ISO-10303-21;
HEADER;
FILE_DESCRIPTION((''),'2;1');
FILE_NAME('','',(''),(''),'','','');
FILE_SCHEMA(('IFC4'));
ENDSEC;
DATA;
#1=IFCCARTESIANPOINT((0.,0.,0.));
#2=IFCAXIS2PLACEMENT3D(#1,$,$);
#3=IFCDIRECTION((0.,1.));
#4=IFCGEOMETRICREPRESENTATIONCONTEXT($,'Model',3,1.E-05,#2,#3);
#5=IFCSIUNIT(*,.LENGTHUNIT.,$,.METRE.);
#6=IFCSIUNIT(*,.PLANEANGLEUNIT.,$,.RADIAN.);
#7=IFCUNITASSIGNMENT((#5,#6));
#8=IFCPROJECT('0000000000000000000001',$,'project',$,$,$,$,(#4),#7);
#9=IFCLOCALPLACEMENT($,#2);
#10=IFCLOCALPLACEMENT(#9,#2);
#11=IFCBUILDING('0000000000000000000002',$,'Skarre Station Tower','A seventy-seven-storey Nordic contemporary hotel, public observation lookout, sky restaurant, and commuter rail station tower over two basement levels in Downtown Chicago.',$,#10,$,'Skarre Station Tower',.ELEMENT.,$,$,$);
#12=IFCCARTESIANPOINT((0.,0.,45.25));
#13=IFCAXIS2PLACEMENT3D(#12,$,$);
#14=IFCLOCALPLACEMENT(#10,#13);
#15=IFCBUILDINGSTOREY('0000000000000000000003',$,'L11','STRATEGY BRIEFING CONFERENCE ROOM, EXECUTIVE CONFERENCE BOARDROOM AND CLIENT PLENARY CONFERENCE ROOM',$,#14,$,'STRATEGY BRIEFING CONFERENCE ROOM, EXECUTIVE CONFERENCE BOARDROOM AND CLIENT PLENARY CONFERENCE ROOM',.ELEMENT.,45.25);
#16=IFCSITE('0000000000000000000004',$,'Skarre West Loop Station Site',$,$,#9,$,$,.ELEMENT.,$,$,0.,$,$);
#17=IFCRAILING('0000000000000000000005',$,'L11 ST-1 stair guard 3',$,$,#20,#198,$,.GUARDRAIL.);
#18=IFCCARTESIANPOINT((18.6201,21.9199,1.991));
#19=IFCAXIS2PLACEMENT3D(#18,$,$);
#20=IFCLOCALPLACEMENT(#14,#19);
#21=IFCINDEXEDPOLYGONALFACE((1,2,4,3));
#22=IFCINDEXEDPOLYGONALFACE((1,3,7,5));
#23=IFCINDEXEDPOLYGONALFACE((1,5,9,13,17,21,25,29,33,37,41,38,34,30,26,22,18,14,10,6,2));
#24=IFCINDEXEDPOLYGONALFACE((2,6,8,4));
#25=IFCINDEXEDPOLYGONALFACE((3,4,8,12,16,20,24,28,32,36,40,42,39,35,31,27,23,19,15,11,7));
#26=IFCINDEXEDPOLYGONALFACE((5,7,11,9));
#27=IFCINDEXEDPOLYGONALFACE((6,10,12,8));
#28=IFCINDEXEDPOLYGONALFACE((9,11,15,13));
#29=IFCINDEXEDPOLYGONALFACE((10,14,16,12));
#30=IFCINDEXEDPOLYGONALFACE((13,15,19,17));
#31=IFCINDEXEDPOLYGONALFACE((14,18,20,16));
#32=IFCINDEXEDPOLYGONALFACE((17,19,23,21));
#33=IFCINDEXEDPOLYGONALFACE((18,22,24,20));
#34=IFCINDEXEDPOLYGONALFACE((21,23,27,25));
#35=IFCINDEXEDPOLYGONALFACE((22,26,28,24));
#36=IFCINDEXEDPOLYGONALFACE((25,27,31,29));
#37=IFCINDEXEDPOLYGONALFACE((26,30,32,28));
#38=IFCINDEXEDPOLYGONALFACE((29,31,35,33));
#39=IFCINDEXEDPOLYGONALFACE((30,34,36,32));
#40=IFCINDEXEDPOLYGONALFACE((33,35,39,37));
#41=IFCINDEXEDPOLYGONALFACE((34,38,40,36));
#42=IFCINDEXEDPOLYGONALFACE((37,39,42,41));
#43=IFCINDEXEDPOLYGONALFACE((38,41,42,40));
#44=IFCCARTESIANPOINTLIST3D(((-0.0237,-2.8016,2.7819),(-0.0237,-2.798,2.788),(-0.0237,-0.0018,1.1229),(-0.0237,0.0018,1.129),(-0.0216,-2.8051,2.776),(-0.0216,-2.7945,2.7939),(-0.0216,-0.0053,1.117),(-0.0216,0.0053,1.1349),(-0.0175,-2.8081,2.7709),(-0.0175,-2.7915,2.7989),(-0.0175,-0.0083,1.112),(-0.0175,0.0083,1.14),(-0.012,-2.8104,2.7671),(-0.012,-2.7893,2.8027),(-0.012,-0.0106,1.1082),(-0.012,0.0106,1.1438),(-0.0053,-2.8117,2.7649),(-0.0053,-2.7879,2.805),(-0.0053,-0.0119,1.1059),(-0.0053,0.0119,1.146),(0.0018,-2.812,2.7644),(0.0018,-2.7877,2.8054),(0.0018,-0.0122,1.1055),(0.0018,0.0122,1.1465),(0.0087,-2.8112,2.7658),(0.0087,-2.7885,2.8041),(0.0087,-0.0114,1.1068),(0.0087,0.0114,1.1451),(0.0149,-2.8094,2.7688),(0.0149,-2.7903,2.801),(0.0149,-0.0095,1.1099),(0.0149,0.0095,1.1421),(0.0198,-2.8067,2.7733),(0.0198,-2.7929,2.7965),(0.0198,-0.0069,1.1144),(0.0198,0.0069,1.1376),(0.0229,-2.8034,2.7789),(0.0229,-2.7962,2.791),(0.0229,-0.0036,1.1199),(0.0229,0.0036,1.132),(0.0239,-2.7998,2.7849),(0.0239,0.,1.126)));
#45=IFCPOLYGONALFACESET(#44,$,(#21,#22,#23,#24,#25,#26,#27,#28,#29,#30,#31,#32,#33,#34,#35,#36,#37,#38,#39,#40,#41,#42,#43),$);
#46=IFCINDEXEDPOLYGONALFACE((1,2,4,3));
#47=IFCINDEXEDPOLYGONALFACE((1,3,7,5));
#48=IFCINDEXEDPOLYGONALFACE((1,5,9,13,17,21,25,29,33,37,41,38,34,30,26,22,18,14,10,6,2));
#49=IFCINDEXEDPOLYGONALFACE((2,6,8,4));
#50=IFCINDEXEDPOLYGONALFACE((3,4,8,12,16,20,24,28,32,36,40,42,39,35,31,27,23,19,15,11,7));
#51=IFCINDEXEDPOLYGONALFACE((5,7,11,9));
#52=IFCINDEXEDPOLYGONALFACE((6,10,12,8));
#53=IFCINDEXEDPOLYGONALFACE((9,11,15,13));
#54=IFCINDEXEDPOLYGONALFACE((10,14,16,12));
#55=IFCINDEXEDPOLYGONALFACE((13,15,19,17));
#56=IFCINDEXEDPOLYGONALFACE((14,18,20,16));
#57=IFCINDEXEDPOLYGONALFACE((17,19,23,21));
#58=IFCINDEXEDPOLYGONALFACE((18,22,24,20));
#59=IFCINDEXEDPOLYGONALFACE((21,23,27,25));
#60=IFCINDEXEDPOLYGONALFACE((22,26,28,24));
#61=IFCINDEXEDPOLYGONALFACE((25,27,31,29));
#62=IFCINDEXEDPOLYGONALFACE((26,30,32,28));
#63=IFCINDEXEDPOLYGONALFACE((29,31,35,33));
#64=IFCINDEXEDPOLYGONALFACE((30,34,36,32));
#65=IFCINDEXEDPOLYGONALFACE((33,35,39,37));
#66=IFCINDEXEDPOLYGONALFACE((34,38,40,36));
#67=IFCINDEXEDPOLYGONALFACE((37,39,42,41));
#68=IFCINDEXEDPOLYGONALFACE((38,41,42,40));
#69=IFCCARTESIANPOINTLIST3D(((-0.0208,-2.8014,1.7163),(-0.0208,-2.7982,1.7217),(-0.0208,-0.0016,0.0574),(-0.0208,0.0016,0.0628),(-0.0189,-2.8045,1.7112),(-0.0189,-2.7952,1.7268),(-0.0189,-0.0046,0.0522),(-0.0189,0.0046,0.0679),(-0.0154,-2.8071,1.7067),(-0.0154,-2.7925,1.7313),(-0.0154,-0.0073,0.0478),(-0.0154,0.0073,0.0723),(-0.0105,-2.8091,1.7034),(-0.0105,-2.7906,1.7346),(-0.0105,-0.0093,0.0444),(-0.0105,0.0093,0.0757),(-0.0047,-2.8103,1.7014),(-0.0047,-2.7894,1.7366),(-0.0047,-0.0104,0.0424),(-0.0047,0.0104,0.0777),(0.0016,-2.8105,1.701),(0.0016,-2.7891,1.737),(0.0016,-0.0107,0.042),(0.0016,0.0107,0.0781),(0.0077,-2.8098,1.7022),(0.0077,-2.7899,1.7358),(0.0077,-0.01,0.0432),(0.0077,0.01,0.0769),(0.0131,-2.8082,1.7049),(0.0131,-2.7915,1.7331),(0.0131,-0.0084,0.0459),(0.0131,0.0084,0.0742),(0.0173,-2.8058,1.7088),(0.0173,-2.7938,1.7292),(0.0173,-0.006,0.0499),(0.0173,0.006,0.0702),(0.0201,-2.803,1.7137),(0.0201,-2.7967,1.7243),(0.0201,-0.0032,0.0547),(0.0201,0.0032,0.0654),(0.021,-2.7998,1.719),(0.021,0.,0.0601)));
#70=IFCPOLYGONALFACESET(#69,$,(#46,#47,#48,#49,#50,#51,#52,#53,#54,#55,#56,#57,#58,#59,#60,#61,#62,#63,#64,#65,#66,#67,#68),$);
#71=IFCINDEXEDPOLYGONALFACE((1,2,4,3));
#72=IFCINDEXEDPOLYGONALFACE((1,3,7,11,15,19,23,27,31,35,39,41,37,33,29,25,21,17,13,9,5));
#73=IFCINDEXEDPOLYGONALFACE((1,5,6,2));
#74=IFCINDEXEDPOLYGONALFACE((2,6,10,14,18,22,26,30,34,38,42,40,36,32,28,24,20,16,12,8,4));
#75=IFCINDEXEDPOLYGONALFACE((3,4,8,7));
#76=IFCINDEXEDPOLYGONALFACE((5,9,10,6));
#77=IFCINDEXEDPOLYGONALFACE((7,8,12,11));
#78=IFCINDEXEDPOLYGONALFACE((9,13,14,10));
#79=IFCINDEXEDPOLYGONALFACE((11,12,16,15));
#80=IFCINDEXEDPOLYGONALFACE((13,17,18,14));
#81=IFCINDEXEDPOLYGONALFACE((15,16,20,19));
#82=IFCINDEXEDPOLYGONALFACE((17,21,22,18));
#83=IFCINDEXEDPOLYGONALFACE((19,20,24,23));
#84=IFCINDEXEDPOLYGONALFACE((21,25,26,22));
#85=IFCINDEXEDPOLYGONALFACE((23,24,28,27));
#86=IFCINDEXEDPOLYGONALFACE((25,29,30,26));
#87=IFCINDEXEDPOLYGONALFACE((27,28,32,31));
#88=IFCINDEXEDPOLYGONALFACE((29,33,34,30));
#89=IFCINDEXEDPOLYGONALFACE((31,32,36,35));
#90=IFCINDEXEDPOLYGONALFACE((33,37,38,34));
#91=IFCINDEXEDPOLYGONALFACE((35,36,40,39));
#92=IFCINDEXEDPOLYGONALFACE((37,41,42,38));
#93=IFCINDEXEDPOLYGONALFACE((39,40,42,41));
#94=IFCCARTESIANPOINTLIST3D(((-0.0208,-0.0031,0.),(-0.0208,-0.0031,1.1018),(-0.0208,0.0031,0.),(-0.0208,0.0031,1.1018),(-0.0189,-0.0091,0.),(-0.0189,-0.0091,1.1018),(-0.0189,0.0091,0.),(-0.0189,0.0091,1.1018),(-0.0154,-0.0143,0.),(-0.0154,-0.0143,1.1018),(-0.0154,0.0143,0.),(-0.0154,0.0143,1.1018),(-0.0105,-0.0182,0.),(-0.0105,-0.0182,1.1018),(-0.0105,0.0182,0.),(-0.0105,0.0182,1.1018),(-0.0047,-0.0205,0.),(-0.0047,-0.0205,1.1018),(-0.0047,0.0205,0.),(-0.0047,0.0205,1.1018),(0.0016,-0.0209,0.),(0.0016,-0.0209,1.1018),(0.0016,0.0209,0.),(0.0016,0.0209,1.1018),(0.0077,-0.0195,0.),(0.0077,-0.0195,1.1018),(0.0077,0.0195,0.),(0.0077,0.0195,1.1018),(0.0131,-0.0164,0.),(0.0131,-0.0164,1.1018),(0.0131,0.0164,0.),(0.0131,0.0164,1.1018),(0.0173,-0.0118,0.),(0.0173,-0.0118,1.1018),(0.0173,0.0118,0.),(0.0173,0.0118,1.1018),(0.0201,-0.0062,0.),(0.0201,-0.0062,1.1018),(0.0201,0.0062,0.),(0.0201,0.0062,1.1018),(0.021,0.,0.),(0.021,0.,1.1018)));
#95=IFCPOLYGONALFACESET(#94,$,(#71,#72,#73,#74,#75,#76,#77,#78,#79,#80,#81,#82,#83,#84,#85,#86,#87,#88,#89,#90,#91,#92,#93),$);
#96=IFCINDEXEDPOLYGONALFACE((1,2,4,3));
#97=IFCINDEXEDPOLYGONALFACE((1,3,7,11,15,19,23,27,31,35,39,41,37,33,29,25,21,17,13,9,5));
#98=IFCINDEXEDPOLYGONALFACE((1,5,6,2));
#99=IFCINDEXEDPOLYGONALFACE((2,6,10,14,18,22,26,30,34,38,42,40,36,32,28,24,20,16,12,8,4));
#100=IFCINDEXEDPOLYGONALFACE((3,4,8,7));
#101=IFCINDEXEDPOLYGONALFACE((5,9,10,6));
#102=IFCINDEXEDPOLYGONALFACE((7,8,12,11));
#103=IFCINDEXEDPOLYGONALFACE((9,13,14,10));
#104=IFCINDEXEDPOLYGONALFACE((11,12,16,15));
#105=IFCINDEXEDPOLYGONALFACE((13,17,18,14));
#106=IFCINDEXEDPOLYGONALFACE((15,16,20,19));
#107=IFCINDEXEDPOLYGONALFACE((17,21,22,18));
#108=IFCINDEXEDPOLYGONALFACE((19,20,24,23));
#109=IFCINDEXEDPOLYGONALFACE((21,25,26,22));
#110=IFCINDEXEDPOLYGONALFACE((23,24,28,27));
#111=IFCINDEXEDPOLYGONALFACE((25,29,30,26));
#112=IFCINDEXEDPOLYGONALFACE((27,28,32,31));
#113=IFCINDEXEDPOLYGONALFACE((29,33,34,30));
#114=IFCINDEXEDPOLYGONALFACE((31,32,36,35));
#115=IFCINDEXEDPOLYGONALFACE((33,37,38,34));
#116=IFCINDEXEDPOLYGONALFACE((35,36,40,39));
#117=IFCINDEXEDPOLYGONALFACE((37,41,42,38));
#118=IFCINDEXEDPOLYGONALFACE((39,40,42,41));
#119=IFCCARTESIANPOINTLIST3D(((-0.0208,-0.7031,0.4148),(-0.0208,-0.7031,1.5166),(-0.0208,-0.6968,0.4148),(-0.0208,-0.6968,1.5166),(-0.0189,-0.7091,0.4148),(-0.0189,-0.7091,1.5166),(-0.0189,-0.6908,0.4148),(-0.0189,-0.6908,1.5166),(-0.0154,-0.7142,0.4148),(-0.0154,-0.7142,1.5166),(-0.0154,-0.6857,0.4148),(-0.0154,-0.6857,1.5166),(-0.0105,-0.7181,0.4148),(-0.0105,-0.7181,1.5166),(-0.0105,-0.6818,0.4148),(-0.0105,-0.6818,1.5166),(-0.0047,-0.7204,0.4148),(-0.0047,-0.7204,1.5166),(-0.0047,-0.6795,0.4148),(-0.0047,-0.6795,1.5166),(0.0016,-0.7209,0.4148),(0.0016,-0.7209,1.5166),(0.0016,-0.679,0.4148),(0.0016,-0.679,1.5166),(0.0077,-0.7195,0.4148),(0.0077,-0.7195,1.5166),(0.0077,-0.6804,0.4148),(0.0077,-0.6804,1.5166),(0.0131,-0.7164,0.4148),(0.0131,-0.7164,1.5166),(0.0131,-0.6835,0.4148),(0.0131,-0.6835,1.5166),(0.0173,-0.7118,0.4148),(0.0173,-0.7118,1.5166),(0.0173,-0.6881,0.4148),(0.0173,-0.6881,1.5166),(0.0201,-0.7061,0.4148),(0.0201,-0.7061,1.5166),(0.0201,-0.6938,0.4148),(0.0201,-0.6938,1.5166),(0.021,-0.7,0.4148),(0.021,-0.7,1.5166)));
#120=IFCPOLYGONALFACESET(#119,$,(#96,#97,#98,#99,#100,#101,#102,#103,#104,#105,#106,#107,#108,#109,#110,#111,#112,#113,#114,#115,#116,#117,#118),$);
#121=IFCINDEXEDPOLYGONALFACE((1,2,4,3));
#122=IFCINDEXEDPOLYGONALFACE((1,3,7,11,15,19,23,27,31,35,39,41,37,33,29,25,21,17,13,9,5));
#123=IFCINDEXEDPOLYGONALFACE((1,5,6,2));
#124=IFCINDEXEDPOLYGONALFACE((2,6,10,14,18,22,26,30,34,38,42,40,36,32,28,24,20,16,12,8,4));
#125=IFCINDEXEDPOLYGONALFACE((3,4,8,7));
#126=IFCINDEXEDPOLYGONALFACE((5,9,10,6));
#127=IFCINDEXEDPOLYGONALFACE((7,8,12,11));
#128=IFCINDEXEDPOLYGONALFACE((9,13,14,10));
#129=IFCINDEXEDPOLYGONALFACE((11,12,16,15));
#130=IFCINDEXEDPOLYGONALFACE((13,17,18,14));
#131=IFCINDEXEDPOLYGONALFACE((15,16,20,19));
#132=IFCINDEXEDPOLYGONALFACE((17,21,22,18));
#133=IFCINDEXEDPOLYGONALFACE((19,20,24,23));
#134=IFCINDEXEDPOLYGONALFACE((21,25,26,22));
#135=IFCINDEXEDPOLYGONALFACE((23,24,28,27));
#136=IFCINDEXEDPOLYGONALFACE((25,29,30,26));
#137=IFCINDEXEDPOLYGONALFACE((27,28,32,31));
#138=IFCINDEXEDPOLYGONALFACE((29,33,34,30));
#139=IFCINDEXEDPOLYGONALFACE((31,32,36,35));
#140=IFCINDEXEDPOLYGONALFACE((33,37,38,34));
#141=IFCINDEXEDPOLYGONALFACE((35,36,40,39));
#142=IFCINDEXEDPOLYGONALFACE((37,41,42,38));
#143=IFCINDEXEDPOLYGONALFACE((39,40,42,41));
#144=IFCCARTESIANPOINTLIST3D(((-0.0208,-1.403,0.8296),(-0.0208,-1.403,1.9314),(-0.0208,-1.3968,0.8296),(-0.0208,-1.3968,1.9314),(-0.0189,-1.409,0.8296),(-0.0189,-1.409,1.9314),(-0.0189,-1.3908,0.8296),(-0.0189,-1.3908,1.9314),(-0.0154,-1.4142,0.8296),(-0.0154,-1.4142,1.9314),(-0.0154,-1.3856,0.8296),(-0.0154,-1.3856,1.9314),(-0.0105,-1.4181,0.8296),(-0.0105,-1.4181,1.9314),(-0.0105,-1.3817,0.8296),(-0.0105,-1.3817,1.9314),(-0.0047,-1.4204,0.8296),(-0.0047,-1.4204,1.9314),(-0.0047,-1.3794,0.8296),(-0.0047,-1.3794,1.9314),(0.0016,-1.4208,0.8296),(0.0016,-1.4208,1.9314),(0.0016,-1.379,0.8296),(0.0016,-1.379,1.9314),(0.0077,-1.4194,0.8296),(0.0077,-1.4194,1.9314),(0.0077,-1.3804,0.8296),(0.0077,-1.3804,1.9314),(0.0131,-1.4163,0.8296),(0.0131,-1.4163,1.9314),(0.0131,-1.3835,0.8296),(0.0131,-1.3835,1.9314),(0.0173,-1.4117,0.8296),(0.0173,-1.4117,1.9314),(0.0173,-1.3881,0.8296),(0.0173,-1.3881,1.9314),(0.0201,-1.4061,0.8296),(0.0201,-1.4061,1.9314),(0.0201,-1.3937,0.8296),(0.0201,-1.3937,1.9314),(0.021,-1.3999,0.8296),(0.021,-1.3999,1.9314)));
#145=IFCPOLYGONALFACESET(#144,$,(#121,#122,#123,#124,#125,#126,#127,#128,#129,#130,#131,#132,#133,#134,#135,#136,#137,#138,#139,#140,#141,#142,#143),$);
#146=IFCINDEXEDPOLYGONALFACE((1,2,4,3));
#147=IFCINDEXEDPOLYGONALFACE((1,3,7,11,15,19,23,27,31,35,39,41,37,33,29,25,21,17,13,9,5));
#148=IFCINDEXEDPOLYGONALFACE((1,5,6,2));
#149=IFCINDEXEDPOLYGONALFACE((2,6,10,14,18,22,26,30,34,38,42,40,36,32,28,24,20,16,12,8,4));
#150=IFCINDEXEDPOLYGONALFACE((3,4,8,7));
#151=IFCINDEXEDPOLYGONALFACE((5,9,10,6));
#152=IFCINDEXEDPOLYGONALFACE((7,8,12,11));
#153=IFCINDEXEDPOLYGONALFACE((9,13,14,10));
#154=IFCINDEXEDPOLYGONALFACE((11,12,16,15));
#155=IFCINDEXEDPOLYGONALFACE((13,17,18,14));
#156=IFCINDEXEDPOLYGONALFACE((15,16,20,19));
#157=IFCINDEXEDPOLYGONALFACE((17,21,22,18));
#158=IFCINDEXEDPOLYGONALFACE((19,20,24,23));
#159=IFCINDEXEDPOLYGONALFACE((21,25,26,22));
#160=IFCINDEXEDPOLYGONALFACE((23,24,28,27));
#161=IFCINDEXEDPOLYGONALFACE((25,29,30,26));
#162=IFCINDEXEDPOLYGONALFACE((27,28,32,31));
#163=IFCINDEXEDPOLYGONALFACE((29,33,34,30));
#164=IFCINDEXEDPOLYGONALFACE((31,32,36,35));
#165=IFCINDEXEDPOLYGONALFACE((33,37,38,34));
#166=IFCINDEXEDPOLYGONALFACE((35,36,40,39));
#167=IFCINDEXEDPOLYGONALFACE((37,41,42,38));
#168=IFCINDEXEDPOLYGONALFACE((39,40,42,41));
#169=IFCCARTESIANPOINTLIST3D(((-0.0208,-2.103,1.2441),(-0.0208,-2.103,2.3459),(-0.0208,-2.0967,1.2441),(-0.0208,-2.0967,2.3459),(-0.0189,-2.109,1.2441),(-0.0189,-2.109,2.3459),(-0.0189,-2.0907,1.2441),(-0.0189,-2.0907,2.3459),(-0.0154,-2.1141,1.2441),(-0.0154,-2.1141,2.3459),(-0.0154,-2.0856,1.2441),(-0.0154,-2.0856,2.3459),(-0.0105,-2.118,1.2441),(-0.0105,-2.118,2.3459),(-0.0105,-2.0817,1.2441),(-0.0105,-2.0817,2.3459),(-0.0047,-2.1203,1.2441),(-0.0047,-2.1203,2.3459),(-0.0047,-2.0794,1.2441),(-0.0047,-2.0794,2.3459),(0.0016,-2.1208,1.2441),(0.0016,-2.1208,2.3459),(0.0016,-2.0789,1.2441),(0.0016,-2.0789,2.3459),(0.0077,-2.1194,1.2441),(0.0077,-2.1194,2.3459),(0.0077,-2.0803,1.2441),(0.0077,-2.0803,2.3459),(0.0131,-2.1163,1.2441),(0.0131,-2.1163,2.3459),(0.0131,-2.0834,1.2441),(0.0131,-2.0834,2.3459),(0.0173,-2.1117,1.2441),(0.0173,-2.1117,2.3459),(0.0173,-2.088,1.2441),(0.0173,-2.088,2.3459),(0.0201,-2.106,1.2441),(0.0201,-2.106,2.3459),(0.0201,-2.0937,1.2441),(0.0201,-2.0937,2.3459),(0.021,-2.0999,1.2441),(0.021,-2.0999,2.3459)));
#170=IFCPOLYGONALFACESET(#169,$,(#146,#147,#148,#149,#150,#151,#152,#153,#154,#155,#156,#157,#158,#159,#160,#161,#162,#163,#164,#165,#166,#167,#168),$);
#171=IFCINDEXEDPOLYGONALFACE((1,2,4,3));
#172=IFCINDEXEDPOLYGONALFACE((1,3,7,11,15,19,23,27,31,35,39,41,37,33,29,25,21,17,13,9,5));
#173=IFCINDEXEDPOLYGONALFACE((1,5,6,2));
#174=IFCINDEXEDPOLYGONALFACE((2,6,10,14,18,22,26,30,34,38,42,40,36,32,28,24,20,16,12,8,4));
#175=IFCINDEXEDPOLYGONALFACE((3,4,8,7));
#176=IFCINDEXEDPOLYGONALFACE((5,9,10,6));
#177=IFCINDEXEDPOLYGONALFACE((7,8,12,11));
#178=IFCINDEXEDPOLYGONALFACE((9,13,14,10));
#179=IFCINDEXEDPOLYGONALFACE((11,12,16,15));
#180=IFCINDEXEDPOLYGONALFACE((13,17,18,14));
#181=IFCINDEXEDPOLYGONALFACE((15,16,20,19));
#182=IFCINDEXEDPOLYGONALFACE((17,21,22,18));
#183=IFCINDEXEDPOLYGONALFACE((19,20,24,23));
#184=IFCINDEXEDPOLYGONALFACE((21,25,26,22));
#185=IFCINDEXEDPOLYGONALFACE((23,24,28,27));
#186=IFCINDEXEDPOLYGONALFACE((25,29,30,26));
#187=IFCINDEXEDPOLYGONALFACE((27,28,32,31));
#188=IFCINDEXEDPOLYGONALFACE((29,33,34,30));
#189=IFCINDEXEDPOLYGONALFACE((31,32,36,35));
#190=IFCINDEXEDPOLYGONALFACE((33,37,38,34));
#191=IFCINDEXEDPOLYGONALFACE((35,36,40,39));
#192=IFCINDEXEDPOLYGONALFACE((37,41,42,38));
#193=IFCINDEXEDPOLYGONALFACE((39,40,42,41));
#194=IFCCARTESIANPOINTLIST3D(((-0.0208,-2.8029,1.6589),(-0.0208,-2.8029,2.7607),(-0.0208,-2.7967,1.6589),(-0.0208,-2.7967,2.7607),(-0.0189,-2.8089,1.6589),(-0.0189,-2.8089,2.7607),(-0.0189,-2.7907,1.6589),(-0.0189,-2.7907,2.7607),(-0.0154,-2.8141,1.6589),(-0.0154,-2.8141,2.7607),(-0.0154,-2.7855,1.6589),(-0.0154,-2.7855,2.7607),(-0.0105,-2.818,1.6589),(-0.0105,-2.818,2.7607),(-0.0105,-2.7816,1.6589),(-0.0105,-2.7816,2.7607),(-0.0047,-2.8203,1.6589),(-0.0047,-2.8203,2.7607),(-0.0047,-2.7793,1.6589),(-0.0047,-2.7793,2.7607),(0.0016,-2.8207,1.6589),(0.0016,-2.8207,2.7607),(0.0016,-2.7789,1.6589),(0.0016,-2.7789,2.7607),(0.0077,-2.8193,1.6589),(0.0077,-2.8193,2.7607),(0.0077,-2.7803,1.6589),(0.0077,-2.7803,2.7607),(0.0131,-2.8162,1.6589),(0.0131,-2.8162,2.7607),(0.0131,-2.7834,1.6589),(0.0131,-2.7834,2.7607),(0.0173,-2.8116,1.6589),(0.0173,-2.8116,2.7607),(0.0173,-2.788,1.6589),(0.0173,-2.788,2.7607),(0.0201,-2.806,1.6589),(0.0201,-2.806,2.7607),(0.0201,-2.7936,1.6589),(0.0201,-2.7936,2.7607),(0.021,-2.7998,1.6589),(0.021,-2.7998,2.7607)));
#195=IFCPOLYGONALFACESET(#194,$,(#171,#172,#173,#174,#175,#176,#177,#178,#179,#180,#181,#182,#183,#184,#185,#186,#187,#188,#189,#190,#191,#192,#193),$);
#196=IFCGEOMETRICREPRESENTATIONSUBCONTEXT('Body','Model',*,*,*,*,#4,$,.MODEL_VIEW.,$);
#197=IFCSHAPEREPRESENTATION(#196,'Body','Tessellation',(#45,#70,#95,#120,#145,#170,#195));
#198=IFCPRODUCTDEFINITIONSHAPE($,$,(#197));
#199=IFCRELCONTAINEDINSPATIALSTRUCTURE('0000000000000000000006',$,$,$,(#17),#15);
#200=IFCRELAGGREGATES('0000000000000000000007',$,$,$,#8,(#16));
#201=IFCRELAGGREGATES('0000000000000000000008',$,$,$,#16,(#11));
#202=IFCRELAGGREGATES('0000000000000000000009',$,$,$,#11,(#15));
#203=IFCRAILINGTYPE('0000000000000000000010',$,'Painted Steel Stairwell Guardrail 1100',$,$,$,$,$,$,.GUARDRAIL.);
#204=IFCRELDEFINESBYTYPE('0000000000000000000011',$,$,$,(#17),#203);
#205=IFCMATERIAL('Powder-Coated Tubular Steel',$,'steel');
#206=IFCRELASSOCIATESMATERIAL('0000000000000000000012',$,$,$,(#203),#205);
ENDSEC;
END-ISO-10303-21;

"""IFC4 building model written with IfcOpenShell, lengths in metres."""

from ifc_helpers import new_model, si_unit, direction, frame, origin, origin_2d, place, context, subcontext, project, spatial, circle, extrude, material, type_object, element, save


model = new_model("IFC4")

# Units and contexts
model_context = context("Model", 3, precision=1e-05, world=origin(), true_north=direction((0.0, 1.0)))
body_context = subcontext(model_context, "Body", "Model", "MODEL_VIEW")
ifc_project = project(units=[si_unit("LENGTHUNIT", "METRE"), si_unit("PLANEANGLEUNIT", "RADIAN")], contexts=[model_context])

# Site, building, storey
site_placement = place(None, origin())
site = spatial("IfcSite", under=ifc_project, at=site_placement, Name="Skarre West Loop Station Site", CompositionType="ELEMENT", RefElevation=0.0)
building_placement = place(site_placement, origin())
building = spatial("IfcBuilding", under=site, at=building_placement, Name="Skarre Station Tower", Description="A seventy-seven-storey Nordic contemporary hotel, public observation lookout, sky restaurant, and commuter rail station tower over two basement levels in Downtown Chicago.", LongName="Skarre Station Tower", CompositionType="ELEMENT")
storey_placement = place(building_placement, frame((0.0, 0.0, 45.25)))
storey = spatial("IfcBuildingStorey", under=building, at=storey_placement, Name="L11", Description="STRATEGY BRIEFING CONFERENCE ROOM, EXECUTIVE CONFERENCE BOARDROOM AND CLIENT PLENARY CONFERENCE ROOM", LongName="STRATEGY BRIEFING CONFERENCE ROOM, EXECUTIVE CONFERENCE BOARDROOM AND CLIENT PLENARY CONFERENCE ROOM", CompositionType="ELEMENT", Elevation=45.25)

# Railing
ifc_material_1 = material(Name="Powder-Coated Tubular Steel", Category="steel")
railing_type = type_object("IfcRailingType", Name="Painted Steel Stairwell Guardrail 1100", PredefinedType="GUARDRAIL", material=ifc_material_1)
railing_1_placement = place(storey_placement, frame((18.6201, 21.9199, 1.991)))
element("IfcRailing", 1, at=railing_1_placement, inside=storey, type_object=railing_type, Name="L11 ST-1 stair guard 3", PredefinedType="GUARDRAIL", context=body_context, shape_type="SweptSolid", body=[
    extrude(circle(Radius=0.0239, at=origin_2d()), frame((0.0, 0.0, 1.126), z_axis=(0.0, -0.86032, 0.509755), x_axis=(1.0, 0.0, 0.0)), (0.0, 0.0, 1.0), 3.2544),
    extrude(circle(Radius=0.021, at=origin_2d()), frame((0.0, 0.0, 0.0601), z_axis=(0.0, -0.86032, 0.509755), x_axis=(1.0, 0.0, 0.0)), (0.0, 0.0, 1.0), 3.2544),
    extrude(circle(Radius=0.021, at=origin_2d()), origin(), (0.0, 0.0, 1.0), 1.1018),
    extrude(circle(Radius=0.021, at=origin_2d()), frame((0.0, -0.7, 0.4148)), (0.0, 0.0, 1.0), 1.1018),
    extrude(circle(Radius=0.021, at=origin_2d()), frame((0.0, -1.3999, 0.8296)), (0.0, 0.0, 1.0), 1.1018),
    extrude(circle(Radius=0.021, at=origin_2d()), frame((0.0, -2.0999, 1.2441)), (0.0, 0.0, 1.0), 1.1018),
    extrude(circle(Radius=0.021, at=origin_2d()), frame((0.0, -2.7998, 1.6589)), (0.0, 0.0, 1.0), 1.1018),
])

save(model, "model.ifc")
